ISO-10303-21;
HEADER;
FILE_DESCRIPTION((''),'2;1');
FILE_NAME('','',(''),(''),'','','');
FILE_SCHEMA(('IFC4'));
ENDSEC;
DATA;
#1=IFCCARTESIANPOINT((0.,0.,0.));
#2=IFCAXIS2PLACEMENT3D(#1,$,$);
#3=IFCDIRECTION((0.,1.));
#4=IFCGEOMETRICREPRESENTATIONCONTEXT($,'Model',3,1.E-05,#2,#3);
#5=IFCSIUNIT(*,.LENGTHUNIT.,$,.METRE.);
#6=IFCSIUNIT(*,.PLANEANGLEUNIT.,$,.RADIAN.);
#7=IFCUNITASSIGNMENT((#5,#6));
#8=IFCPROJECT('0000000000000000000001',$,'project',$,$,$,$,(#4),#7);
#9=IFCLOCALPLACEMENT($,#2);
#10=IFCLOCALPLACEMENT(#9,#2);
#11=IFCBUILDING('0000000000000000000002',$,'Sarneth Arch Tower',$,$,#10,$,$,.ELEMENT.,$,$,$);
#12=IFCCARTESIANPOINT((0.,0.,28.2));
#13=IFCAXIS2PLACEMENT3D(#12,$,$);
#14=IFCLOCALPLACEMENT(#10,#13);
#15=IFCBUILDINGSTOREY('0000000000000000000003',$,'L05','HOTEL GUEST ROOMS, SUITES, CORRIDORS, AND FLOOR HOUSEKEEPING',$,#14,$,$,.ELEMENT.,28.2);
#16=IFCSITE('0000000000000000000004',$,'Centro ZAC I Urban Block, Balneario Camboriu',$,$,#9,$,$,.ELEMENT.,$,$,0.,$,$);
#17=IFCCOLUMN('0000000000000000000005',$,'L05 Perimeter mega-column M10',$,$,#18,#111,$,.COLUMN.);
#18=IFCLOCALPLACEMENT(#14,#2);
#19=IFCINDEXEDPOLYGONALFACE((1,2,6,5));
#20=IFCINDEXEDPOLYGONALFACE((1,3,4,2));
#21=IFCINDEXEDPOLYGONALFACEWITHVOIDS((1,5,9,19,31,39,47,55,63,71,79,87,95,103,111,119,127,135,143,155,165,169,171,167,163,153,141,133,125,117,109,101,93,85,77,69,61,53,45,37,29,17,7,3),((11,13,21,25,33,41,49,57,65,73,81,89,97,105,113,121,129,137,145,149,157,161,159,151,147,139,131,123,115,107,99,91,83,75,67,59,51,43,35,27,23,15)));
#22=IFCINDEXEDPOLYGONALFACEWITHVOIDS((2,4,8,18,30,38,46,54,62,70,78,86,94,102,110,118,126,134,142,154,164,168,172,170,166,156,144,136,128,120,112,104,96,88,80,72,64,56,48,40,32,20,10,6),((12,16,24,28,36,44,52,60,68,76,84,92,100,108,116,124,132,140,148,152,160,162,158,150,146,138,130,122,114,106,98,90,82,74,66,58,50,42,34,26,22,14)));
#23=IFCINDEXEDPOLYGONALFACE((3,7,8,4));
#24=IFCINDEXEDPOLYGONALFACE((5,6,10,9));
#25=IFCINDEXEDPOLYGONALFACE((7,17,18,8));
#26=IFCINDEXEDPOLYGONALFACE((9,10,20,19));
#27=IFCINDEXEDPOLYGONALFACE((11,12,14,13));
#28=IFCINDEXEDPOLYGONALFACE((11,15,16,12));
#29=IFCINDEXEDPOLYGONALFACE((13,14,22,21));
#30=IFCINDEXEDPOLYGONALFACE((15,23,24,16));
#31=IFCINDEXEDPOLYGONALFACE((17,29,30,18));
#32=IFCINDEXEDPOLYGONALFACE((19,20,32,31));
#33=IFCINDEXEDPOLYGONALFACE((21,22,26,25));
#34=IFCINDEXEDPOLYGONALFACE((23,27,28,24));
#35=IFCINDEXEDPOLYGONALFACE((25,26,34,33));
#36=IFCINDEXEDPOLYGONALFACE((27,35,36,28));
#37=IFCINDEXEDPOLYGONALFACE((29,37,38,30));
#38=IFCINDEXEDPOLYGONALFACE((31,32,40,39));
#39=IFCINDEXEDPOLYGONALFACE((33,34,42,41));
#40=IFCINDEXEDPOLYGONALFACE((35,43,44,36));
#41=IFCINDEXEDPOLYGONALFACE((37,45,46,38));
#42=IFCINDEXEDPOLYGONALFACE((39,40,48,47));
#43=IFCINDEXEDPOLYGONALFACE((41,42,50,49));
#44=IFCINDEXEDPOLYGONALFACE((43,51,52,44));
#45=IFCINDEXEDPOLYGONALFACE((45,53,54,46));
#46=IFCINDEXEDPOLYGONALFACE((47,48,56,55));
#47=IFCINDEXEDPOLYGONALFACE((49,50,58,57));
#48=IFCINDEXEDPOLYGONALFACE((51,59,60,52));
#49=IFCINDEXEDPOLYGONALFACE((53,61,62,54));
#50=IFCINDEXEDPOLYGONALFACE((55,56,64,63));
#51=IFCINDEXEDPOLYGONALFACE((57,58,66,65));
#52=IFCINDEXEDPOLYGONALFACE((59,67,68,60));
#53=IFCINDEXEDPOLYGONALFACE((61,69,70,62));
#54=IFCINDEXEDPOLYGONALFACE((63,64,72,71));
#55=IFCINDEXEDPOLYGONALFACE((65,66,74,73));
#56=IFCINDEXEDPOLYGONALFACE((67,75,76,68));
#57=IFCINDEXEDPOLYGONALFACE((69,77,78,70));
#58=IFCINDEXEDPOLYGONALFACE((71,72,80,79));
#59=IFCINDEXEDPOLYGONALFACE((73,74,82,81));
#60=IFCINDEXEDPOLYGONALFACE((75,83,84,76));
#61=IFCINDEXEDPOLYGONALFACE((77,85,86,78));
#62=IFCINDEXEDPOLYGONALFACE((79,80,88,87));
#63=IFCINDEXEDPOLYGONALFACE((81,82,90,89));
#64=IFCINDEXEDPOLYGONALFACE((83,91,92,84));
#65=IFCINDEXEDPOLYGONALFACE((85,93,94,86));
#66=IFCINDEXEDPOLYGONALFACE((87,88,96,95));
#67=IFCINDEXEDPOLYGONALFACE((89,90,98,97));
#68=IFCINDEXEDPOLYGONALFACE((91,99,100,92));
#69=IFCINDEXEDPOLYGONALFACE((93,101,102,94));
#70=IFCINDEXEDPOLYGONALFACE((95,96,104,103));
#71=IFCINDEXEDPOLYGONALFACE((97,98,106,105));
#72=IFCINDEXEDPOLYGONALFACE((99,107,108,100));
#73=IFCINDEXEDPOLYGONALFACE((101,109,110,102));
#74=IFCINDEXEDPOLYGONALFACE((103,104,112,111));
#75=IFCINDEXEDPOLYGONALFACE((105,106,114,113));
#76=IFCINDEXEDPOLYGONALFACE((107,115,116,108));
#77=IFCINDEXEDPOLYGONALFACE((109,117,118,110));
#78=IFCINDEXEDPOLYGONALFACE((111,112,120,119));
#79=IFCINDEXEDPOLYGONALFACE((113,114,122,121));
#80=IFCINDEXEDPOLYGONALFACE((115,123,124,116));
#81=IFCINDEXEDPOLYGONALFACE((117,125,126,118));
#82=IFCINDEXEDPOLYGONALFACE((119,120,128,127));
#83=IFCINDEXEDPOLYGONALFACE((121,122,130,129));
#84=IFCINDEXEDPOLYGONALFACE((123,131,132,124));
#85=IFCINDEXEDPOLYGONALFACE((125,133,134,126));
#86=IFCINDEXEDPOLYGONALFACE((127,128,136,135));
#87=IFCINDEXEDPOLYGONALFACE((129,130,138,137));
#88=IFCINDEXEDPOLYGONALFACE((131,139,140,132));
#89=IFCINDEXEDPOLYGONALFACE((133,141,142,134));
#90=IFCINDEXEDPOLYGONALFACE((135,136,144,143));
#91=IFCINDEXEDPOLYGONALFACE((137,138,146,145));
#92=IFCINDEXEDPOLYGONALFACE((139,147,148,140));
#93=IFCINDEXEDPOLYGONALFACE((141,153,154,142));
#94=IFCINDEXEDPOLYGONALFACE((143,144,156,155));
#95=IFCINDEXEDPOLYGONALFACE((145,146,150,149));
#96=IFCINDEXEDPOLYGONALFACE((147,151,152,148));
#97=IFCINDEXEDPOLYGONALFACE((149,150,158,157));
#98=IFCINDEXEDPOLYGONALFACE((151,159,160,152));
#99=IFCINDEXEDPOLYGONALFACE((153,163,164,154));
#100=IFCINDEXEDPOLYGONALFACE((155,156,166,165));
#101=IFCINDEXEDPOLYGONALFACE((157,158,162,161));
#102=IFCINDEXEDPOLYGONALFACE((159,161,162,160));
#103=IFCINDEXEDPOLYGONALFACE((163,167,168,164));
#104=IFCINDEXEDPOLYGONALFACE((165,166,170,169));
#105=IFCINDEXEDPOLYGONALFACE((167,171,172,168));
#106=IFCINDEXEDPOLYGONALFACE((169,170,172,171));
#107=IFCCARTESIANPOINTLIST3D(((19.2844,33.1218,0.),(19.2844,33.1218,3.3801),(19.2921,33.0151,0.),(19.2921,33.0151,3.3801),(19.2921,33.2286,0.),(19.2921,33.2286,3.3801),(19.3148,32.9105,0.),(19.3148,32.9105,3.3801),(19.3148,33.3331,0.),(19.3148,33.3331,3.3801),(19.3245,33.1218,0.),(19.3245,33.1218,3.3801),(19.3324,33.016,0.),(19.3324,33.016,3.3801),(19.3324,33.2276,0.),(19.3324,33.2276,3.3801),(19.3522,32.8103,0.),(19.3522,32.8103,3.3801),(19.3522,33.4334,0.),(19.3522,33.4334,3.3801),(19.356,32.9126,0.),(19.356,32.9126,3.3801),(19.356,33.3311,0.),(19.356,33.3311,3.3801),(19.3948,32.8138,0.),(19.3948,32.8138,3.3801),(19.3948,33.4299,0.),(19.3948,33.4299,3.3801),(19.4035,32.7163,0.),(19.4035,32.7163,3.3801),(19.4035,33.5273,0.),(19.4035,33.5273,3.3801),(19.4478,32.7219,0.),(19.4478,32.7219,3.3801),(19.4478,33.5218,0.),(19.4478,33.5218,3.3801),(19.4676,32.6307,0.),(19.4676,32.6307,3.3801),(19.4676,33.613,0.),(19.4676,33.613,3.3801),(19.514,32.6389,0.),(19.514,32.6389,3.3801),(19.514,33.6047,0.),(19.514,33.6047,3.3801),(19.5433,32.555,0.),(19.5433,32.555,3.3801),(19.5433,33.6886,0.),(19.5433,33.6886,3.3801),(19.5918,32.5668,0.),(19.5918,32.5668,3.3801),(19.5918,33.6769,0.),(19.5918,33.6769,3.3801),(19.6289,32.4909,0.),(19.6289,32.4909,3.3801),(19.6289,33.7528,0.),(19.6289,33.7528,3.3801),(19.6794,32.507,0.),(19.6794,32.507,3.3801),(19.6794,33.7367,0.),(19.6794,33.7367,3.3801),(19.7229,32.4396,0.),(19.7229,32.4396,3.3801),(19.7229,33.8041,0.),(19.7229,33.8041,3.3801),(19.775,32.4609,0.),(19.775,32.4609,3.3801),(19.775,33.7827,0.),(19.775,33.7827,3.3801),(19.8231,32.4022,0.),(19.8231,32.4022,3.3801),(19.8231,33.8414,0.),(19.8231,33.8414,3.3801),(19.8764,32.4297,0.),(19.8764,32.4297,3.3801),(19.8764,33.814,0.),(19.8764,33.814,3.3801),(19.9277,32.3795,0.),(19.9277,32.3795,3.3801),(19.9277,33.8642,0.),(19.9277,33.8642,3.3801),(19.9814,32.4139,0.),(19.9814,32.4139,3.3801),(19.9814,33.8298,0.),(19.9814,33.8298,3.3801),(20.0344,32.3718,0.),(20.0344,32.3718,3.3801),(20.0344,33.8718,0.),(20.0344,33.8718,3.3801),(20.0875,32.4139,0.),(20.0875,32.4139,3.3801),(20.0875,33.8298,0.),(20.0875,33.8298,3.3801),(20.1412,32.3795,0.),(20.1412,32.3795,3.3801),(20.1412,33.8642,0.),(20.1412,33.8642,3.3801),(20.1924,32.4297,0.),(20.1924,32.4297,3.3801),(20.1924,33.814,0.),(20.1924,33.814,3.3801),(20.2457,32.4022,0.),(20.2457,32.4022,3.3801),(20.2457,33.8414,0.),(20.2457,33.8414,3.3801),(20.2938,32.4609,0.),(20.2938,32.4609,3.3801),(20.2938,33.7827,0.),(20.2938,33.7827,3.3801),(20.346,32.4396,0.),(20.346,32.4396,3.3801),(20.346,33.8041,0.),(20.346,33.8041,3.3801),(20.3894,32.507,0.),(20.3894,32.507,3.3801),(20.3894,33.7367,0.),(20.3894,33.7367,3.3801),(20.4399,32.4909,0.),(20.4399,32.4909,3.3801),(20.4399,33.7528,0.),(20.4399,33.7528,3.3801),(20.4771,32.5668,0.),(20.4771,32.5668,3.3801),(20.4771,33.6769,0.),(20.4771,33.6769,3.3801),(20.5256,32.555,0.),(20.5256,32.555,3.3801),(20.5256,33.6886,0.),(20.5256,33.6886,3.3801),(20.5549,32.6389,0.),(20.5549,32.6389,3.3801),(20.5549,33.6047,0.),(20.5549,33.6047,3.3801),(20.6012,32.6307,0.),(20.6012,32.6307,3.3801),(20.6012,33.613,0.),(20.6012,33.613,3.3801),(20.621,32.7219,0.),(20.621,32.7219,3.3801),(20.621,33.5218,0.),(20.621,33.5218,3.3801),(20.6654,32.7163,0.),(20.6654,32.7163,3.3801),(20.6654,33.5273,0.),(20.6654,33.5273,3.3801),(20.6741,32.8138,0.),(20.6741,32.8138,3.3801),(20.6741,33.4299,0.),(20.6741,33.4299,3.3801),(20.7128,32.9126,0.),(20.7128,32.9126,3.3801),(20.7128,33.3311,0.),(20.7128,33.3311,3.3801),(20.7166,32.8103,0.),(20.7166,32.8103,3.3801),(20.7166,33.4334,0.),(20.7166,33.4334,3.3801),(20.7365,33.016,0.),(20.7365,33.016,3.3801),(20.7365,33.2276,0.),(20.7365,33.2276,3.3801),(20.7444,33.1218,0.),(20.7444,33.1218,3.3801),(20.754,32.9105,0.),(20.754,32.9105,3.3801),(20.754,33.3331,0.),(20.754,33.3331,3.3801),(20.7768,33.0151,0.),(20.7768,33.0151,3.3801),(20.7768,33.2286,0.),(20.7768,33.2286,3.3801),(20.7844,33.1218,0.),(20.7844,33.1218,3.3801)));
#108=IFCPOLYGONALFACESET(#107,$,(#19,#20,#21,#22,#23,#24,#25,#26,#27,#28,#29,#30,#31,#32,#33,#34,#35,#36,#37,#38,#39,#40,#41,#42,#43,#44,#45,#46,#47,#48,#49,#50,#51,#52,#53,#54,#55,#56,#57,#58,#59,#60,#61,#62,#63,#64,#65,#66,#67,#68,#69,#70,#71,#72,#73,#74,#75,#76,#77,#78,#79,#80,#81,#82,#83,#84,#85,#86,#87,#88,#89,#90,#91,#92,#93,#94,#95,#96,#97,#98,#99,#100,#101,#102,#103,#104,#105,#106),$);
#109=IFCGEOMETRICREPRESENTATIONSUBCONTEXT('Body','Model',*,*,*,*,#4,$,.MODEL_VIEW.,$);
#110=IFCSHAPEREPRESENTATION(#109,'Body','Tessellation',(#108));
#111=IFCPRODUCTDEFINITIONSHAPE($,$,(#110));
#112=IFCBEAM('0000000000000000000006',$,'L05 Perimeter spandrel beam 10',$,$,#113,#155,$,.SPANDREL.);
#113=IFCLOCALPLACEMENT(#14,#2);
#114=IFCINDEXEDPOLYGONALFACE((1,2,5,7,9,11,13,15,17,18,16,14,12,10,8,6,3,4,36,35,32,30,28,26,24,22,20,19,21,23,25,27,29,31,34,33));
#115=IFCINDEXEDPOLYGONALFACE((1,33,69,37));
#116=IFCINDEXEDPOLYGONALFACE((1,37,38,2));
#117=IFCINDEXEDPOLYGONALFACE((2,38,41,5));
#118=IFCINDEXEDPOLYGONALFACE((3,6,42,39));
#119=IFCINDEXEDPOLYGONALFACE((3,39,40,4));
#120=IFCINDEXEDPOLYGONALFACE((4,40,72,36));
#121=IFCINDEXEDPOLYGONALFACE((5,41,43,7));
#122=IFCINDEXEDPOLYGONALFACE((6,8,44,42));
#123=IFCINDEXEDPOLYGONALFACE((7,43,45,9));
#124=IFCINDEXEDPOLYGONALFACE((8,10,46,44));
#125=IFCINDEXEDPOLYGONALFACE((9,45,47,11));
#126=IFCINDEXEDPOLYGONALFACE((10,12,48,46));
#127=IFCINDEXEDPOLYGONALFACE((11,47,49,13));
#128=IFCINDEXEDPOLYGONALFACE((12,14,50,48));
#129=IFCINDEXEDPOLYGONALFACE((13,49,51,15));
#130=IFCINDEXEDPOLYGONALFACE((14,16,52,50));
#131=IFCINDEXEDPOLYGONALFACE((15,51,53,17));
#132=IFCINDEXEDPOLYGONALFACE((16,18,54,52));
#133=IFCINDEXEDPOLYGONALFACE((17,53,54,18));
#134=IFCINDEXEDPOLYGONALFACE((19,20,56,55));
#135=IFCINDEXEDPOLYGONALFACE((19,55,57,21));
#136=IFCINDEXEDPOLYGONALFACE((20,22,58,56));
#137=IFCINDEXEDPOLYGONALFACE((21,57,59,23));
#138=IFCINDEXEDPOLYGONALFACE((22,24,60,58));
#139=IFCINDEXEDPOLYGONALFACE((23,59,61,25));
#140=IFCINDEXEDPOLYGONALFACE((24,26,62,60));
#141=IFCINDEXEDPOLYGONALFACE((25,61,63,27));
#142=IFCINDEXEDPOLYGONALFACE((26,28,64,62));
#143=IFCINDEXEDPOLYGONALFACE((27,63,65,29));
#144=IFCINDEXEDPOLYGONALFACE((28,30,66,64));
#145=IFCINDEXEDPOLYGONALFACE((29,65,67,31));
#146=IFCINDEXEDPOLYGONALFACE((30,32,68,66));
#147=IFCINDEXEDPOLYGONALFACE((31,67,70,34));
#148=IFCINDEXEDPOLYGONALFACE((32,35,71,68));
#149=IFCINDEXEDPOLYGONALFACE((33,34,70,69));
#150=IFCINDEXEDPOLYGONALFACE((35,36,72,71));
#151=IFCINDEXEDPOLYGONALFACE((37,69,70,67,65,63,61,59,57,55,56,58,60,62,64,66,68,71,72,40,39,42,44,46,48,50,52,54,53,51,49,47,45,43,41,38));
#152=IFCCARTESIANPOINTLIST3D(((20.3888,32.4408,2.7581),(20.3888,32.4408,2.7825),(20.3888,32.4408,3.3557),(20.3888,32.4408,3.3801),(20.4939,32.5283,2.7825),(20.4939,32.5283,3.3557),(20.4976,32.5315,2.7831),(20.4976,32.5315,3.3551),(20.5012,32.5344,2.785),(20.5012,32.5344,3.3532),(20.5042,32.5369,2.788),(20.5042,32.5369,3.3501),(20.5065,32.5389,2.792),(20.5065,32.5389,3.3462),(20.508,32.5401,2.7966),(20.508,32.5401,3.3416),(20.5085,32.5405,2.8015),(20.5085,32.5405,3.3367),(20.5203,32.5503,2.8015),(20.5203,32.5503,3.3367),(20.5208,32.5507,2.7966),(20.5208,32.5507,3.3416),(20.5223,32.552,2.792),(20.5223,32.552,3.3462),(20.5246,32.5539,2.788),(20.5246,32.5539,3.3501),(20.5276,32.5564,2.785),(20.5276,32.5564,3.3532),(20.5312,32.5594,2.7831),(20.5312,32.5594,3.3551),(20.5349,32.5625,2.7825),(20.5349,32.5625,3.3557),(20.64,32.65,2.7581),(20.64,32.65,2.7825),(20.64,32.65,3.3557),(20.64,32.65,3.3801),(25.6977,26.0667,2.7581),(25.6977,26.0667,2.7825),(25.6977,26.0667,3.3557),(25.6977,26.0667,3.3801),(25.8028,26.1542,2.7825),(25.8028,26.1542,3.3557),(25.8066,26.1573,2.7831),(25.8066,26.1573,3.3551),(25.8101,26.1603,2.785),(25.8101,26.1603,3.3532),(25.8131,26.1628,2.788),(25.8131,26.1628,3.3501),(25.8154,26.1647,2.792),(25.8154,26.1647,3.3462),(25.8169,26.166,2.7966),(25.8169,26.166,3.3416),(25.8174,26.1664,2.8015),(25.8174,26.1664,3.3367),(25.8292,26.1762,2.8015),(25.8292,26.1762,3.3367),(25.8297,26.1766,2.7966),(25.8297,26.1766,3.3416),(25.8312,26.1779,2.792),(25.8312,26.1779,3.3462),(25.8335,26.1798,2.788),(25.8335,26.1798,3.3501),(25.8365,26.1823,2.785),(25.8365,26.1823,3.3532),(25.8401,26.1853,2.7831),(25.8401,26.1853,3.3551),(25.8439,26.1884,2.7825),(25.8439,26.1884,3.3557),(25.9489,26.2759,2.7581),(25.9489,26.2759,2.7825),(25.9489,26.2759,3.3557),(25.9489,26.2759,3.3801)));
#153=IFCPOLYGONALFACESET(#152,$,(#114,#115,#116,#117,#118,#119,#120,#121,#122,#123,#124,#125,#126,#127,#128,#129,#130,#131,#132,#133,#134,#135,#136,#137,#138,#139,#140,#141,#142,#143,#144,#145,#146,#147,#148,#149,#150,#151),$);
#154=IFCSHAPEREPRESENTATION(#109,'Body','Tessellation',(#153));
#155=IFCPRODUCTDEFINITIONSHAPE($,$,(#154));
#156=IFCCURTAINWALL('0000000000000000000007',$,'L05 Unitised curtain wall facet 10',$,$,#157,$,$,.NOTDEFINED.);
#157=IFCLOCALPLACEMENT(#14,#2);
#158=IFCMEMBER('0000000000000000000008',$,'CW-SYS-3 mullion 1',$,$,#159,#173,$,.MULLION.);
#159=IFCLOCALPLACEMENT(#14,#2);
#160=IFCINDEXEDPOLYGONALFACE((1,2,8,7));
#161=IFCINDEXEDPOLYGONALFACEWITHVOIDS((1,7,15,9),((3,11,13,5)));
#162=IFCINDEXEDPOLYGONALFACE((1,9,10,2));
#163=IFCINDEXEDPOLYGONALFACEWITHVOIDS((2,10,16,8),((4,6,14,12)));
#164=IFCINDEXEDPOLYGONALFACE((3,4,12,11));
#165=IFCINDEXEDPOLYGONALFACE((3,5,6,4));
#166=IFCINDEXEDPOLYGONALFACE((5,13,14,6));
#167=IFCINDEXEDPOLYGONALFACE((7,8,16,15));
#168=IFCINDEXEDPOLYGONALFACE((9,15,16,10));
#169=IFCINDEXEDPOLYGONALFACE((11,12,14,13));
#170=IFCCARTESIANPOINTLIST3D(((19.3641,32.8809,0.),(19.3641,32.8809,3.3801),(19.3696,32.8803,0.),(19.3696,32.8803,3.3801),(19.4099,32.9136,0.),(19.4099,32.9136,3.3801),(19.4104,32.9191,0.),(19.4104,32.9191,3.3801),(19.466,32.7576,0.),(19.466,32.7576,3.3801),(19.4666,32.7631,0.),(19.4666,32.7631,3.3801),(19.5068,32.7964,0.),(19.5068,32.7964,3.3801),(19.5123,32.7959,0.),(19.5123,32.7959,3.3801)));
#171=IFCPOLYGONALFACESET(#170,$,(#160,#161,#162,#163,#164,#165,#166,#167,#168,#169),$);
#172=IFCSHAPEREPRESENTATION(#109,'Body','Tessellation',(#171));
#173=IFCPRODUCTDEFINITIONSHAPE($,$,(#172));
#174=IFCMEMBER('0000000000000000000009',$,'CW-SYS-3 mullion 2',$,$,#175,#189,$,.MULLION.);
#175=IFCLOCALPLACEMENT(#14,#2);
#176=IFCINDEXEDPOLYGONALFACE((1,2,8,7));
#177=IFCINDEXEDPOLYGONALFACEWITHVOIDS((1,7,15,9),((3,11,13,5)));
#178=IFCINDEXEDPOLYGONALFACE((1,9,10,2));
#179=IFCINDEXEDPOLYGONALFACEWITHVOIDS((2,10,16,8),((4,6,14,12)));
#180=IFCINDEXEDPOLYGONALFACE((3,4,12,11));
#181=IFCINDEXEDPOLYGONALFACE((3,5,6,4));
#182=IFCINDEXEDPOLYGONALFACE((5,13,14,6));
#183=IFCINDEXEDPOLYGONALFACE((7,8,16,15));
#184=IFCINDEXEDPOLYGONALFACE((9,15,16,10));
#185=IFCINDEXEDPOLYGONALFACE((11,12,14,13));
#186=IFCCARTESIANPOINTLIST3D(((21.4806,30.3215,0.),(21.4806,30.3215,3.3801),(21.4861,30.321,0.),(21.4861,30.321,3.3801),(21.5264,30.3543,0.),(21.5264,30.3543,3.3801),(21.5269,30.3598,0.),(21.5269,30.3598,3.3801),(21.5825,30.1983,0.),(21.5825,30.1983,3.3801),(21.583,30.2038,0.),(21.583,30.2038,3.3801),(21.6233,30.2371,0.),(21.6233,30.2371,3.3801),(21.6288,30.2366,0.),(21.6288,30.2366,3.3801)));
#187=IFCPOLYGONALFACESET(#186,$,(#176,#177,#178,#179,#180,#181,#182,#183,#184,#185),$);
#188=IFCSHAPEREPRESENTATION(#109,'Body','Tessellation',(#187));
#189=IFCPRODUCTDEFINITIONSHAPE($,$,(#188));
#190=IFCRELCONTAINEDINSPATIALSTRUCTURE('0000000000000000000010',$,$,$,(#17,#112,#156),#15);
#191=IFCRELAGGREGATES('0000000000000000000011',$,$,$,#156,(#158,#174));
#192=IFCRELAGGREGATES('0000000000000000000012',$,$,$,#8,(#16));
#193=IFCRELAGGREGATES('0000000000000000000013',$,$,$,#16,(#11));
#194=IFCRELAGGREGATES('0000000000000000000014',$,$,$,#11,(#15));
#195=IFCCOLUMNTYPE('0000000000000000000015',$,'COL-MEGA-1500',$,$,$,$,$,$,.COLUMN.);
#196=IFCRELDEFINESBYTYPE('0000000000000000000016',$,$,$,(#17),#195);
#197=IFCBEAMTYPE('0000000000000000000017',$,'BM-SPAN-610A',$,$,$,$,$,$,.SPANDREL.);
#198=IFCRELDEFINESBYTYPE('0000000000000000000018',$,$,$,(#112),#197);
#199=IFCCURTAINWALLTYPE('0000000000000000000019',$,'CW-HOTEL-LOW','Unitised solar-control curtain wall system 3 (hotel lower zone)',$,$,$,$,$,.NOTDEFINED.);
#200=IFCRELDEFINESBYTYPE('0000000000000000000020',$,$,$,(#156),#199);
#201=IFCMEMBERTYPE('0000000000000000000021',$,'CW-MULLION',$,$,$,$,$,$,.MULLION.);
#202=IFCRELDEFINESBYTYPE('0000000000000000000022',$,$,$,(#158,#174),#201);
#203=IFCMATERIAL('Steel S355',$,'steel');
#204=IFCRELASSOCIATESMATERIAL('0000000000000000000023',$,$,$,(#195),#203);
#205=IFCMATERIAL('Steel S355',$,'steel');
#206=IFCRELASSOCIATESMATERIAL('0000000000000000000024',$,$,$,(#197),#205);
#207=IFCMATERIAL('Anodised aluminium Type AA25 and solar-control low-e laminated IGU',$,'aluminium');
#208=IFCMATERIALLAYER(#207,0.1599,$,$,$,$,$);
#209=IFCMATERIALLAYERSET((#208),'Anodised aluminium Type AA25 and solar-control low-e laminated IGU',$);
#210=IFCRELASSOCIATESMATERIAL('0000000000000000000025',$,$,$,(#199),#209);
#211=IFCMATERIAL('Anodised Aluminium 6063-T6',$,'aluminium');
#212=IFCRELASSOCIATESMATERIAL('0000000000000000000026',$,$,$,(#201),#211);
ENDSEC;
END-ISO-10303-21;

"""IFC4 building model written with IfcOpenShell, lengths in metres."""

from ifc_helpers import new_model, si_unit, direction, frame, origin, origin_2d, place, context, subcontext, project, spatial, hollow_rectangle, hollow_circle, i_section, extrude, material, layer, layer_set, material_profile, profile_set, type_object, element, aggregate, save


model = new_model("IFC4")

# Units and contexts
model_context = context("Model", 3, precision=1e-05, world=origin(), true_north=direction((0.0, 1.0)))
body_context = subcontext(model_context, "Body", "Model", "MODEL_VIEW")
ifc_project = project(units=[si_unit("LENGTHUNIT", "METRE"), si_unit("PLANEANGLEUNIT", "RADIAN")], contexts=[model_context])

# Site, building, storey
site_placement = place(None, origin())
site = spatial("IfcSite", under=ifc_project, at=site_placement, Name="Centro ZAC I Urban Block, Balneario Camboriu", CompositionType="ELEMENT", RefElevation=0.0)
building_placement = place(site_placement, origin())
building = spatial("IfcBuilding", under=site, at=building_placement, Name="Sarneth Arch Tower", CompositionType="ELEMENT")
storey_placement = place(building_placement, frame((0.0, 0.0, 28.2)))
storey = spatial("IfcBuildingStorey", under=building, at=storey_placement, Name="L05", Description="HOTEL GUEST ROOMS, SUITES, CORRIDORS, AND FLOOR HOUSEKEEPING", CompositionType="ELEMENT", Elevation=28.2)

# Column
ifc_material_1 = material(Name="Steel S355", Category="steel")
ifc_material_profile_1 = material_profile(ifc_material_1, hollow_circle(Radius=0.75, WallThickness=0.04, at=origin_2d()), Name="CHS1500x40")
ifc_profile_set_1 = profile_set([ifc_material_profile_1], Name="Steel S355")
column_type = type_object("IfcColumnType", Name="COL-MEGA-1500", PredefinedType="COLUMN", material=ifc_profile_set_1)
column_placement = place(storey_placement, frame((20.0344, 33.1218, 0.0), z_axis=(0.0, 0.0, 1.0), x_axis=(1.0, 0.0, 0.0)))
element("IfcColumn", 1, at=column_placement, inside=storey, type_object=column_type, Name="L05 Perimeter mega-column M10", PredefinedType="COLUMN", context=body_context, shape_type="SweptSolid", body=[
    extrude(hollow_circle(Radius=0.75, WallThickness=0.04, at=origin_2d()), origin(), (0.0, 0.0, 1.0), 3.3801),
])

# Beam
ifc_material_2 = material(Name="Steel S355", Category="steel")
ifc_material_profile_2 = material_profile(ifc_material_2, i_section(OverallWidth=0.3269, OverallDepth=0.6221, WebThickness=0.0154, FlangeThickness=0.0244, FilletRadius=0.019, at=origin_2d()), Name="W610x195")
ifc_profile_set_2 = profile_set([ifc_material_profile_2], Name="Steel S355")
beam_type = type_object("IfcBeamType", Name="BM-SPAN-610A", PredefinedType="SPANDREL", material=ifc_profile_set_2)
beam_placement = place(storey_placement, frame((20.5144, 32.5454, 3.0691), z_axis=(0.639982, -0.76839, 0.0), x_axis=(0.76839, 0.639982, 0.0)))
element("IfcBeam", 2, at=beam_placement, inside=storey, type_object=beam_type, Name="L05 Perimeter spandrel beam 10", PredefinedType="SPANDREL", context=body_context, shape_type="SweptSolid", body=[
    extrude(i_section(OverallWidth=0.3269, OverallDepth=0.6221, WebThickness=0.0154, FlangeThickness=0.0244, FilletRadius=0.019, at=origin_2d()), origin(), (0.0, 0.0, 1.0), 8.2954),
])

# Curtain wall, members
ifc_material_3 = material(Name="Anodised aluminium Type AA25 and solar-control low-e laminated IGU", Category="aluminium")
ifc_layer_1 = layer(ifc_material_3, 0.1599)
ifc_layer_set_1 = layer_set([ifc_layer_1], Name="Anodised aluminium Type AA25 and solar-control low-e laminated IGU")
curtain_wall_type = type_object("IfcCurtainWallType", Name="CW-HOTEL-LOW", Description="Unitised solar-control curtain wall system 3 (hotel lower zone)", PredefinedType="NOTDEFINED", material=ifc_layer_set_1)
curtain_wall_placement = place(storey_placement, origin())
curtain_wall = element("IfcCurtainWall", 3, at=curtain_wall_placement, inside=storey, type_object=curtain_wall_type, Name="L05 Unitised curtain wall facet 10", PredefinedType="NOTDEFINED")
ifc_material_4 = material(Name="Anodised Aluminium 6063-T6", Category="aluminium")
ifc_material_profile_3 = material_profile(ifc_material_4, hollow_rectangle(XDim=0.0601, YDim=0.1599, WallThickness=0.0039, at=origin_2d()), Name="AL-MULL-160x60x4")
ifc_profile_set_3 = profile_set([ifc_material_profile_3], Name="Anodised Aluminium 6063-T6")
member_type_1 = type_object("IfcMemberType", Name="CW-MULLION", PredefinedType="MULLION", material=ifc_profile_set_3)
member_1_placement = place(storey_placement, frame((19.4382, 32.8384, 0.0), z_axis=(0.0, 0.0, 1.0), x_axis=(0.770623, 0.637291, 0.0)))
member_1 = element("IfcMember", 4, at=member_1_placement, type_object=member_type_1, Name="CW-SYS-3 mullion 1", PredefinedType="MULLION", context=body_context, shape_type="SweptSolid", body=[
    extrude(hollow_rectangle(XDim=0.0601, YDim=0.1599, WallThickness=0.0039, at=origin_2d()), origin(), (0.0, 0.0, 1.0), 3.3801),
])
member_2_placement = place(storey_placement, frame((21.5547, 30.2791, 0.0), z_axis=(0.0, 0.0, 1.0), x_axis=(0.770623, 0.637291, 0.0)))
member_2 = element("IfcMember", 5, at=member_2_placement, type_object=member_type_1, Name="CW-SYS-3 mullion 2", PredefinedType="MULLION", context=body_context, shape_type="SweptSolid", body=[
    extrude(hollow_rectangle(XDim=0.0601, YDim=0.1599, WallThickness=0.0039, at=origin_2d()), origin(), (0.0, 0.0, 1.0), 3.3801),
])
aggregate(curtain_wall, [member_1, member_2])

save(model, "model.ifc")
